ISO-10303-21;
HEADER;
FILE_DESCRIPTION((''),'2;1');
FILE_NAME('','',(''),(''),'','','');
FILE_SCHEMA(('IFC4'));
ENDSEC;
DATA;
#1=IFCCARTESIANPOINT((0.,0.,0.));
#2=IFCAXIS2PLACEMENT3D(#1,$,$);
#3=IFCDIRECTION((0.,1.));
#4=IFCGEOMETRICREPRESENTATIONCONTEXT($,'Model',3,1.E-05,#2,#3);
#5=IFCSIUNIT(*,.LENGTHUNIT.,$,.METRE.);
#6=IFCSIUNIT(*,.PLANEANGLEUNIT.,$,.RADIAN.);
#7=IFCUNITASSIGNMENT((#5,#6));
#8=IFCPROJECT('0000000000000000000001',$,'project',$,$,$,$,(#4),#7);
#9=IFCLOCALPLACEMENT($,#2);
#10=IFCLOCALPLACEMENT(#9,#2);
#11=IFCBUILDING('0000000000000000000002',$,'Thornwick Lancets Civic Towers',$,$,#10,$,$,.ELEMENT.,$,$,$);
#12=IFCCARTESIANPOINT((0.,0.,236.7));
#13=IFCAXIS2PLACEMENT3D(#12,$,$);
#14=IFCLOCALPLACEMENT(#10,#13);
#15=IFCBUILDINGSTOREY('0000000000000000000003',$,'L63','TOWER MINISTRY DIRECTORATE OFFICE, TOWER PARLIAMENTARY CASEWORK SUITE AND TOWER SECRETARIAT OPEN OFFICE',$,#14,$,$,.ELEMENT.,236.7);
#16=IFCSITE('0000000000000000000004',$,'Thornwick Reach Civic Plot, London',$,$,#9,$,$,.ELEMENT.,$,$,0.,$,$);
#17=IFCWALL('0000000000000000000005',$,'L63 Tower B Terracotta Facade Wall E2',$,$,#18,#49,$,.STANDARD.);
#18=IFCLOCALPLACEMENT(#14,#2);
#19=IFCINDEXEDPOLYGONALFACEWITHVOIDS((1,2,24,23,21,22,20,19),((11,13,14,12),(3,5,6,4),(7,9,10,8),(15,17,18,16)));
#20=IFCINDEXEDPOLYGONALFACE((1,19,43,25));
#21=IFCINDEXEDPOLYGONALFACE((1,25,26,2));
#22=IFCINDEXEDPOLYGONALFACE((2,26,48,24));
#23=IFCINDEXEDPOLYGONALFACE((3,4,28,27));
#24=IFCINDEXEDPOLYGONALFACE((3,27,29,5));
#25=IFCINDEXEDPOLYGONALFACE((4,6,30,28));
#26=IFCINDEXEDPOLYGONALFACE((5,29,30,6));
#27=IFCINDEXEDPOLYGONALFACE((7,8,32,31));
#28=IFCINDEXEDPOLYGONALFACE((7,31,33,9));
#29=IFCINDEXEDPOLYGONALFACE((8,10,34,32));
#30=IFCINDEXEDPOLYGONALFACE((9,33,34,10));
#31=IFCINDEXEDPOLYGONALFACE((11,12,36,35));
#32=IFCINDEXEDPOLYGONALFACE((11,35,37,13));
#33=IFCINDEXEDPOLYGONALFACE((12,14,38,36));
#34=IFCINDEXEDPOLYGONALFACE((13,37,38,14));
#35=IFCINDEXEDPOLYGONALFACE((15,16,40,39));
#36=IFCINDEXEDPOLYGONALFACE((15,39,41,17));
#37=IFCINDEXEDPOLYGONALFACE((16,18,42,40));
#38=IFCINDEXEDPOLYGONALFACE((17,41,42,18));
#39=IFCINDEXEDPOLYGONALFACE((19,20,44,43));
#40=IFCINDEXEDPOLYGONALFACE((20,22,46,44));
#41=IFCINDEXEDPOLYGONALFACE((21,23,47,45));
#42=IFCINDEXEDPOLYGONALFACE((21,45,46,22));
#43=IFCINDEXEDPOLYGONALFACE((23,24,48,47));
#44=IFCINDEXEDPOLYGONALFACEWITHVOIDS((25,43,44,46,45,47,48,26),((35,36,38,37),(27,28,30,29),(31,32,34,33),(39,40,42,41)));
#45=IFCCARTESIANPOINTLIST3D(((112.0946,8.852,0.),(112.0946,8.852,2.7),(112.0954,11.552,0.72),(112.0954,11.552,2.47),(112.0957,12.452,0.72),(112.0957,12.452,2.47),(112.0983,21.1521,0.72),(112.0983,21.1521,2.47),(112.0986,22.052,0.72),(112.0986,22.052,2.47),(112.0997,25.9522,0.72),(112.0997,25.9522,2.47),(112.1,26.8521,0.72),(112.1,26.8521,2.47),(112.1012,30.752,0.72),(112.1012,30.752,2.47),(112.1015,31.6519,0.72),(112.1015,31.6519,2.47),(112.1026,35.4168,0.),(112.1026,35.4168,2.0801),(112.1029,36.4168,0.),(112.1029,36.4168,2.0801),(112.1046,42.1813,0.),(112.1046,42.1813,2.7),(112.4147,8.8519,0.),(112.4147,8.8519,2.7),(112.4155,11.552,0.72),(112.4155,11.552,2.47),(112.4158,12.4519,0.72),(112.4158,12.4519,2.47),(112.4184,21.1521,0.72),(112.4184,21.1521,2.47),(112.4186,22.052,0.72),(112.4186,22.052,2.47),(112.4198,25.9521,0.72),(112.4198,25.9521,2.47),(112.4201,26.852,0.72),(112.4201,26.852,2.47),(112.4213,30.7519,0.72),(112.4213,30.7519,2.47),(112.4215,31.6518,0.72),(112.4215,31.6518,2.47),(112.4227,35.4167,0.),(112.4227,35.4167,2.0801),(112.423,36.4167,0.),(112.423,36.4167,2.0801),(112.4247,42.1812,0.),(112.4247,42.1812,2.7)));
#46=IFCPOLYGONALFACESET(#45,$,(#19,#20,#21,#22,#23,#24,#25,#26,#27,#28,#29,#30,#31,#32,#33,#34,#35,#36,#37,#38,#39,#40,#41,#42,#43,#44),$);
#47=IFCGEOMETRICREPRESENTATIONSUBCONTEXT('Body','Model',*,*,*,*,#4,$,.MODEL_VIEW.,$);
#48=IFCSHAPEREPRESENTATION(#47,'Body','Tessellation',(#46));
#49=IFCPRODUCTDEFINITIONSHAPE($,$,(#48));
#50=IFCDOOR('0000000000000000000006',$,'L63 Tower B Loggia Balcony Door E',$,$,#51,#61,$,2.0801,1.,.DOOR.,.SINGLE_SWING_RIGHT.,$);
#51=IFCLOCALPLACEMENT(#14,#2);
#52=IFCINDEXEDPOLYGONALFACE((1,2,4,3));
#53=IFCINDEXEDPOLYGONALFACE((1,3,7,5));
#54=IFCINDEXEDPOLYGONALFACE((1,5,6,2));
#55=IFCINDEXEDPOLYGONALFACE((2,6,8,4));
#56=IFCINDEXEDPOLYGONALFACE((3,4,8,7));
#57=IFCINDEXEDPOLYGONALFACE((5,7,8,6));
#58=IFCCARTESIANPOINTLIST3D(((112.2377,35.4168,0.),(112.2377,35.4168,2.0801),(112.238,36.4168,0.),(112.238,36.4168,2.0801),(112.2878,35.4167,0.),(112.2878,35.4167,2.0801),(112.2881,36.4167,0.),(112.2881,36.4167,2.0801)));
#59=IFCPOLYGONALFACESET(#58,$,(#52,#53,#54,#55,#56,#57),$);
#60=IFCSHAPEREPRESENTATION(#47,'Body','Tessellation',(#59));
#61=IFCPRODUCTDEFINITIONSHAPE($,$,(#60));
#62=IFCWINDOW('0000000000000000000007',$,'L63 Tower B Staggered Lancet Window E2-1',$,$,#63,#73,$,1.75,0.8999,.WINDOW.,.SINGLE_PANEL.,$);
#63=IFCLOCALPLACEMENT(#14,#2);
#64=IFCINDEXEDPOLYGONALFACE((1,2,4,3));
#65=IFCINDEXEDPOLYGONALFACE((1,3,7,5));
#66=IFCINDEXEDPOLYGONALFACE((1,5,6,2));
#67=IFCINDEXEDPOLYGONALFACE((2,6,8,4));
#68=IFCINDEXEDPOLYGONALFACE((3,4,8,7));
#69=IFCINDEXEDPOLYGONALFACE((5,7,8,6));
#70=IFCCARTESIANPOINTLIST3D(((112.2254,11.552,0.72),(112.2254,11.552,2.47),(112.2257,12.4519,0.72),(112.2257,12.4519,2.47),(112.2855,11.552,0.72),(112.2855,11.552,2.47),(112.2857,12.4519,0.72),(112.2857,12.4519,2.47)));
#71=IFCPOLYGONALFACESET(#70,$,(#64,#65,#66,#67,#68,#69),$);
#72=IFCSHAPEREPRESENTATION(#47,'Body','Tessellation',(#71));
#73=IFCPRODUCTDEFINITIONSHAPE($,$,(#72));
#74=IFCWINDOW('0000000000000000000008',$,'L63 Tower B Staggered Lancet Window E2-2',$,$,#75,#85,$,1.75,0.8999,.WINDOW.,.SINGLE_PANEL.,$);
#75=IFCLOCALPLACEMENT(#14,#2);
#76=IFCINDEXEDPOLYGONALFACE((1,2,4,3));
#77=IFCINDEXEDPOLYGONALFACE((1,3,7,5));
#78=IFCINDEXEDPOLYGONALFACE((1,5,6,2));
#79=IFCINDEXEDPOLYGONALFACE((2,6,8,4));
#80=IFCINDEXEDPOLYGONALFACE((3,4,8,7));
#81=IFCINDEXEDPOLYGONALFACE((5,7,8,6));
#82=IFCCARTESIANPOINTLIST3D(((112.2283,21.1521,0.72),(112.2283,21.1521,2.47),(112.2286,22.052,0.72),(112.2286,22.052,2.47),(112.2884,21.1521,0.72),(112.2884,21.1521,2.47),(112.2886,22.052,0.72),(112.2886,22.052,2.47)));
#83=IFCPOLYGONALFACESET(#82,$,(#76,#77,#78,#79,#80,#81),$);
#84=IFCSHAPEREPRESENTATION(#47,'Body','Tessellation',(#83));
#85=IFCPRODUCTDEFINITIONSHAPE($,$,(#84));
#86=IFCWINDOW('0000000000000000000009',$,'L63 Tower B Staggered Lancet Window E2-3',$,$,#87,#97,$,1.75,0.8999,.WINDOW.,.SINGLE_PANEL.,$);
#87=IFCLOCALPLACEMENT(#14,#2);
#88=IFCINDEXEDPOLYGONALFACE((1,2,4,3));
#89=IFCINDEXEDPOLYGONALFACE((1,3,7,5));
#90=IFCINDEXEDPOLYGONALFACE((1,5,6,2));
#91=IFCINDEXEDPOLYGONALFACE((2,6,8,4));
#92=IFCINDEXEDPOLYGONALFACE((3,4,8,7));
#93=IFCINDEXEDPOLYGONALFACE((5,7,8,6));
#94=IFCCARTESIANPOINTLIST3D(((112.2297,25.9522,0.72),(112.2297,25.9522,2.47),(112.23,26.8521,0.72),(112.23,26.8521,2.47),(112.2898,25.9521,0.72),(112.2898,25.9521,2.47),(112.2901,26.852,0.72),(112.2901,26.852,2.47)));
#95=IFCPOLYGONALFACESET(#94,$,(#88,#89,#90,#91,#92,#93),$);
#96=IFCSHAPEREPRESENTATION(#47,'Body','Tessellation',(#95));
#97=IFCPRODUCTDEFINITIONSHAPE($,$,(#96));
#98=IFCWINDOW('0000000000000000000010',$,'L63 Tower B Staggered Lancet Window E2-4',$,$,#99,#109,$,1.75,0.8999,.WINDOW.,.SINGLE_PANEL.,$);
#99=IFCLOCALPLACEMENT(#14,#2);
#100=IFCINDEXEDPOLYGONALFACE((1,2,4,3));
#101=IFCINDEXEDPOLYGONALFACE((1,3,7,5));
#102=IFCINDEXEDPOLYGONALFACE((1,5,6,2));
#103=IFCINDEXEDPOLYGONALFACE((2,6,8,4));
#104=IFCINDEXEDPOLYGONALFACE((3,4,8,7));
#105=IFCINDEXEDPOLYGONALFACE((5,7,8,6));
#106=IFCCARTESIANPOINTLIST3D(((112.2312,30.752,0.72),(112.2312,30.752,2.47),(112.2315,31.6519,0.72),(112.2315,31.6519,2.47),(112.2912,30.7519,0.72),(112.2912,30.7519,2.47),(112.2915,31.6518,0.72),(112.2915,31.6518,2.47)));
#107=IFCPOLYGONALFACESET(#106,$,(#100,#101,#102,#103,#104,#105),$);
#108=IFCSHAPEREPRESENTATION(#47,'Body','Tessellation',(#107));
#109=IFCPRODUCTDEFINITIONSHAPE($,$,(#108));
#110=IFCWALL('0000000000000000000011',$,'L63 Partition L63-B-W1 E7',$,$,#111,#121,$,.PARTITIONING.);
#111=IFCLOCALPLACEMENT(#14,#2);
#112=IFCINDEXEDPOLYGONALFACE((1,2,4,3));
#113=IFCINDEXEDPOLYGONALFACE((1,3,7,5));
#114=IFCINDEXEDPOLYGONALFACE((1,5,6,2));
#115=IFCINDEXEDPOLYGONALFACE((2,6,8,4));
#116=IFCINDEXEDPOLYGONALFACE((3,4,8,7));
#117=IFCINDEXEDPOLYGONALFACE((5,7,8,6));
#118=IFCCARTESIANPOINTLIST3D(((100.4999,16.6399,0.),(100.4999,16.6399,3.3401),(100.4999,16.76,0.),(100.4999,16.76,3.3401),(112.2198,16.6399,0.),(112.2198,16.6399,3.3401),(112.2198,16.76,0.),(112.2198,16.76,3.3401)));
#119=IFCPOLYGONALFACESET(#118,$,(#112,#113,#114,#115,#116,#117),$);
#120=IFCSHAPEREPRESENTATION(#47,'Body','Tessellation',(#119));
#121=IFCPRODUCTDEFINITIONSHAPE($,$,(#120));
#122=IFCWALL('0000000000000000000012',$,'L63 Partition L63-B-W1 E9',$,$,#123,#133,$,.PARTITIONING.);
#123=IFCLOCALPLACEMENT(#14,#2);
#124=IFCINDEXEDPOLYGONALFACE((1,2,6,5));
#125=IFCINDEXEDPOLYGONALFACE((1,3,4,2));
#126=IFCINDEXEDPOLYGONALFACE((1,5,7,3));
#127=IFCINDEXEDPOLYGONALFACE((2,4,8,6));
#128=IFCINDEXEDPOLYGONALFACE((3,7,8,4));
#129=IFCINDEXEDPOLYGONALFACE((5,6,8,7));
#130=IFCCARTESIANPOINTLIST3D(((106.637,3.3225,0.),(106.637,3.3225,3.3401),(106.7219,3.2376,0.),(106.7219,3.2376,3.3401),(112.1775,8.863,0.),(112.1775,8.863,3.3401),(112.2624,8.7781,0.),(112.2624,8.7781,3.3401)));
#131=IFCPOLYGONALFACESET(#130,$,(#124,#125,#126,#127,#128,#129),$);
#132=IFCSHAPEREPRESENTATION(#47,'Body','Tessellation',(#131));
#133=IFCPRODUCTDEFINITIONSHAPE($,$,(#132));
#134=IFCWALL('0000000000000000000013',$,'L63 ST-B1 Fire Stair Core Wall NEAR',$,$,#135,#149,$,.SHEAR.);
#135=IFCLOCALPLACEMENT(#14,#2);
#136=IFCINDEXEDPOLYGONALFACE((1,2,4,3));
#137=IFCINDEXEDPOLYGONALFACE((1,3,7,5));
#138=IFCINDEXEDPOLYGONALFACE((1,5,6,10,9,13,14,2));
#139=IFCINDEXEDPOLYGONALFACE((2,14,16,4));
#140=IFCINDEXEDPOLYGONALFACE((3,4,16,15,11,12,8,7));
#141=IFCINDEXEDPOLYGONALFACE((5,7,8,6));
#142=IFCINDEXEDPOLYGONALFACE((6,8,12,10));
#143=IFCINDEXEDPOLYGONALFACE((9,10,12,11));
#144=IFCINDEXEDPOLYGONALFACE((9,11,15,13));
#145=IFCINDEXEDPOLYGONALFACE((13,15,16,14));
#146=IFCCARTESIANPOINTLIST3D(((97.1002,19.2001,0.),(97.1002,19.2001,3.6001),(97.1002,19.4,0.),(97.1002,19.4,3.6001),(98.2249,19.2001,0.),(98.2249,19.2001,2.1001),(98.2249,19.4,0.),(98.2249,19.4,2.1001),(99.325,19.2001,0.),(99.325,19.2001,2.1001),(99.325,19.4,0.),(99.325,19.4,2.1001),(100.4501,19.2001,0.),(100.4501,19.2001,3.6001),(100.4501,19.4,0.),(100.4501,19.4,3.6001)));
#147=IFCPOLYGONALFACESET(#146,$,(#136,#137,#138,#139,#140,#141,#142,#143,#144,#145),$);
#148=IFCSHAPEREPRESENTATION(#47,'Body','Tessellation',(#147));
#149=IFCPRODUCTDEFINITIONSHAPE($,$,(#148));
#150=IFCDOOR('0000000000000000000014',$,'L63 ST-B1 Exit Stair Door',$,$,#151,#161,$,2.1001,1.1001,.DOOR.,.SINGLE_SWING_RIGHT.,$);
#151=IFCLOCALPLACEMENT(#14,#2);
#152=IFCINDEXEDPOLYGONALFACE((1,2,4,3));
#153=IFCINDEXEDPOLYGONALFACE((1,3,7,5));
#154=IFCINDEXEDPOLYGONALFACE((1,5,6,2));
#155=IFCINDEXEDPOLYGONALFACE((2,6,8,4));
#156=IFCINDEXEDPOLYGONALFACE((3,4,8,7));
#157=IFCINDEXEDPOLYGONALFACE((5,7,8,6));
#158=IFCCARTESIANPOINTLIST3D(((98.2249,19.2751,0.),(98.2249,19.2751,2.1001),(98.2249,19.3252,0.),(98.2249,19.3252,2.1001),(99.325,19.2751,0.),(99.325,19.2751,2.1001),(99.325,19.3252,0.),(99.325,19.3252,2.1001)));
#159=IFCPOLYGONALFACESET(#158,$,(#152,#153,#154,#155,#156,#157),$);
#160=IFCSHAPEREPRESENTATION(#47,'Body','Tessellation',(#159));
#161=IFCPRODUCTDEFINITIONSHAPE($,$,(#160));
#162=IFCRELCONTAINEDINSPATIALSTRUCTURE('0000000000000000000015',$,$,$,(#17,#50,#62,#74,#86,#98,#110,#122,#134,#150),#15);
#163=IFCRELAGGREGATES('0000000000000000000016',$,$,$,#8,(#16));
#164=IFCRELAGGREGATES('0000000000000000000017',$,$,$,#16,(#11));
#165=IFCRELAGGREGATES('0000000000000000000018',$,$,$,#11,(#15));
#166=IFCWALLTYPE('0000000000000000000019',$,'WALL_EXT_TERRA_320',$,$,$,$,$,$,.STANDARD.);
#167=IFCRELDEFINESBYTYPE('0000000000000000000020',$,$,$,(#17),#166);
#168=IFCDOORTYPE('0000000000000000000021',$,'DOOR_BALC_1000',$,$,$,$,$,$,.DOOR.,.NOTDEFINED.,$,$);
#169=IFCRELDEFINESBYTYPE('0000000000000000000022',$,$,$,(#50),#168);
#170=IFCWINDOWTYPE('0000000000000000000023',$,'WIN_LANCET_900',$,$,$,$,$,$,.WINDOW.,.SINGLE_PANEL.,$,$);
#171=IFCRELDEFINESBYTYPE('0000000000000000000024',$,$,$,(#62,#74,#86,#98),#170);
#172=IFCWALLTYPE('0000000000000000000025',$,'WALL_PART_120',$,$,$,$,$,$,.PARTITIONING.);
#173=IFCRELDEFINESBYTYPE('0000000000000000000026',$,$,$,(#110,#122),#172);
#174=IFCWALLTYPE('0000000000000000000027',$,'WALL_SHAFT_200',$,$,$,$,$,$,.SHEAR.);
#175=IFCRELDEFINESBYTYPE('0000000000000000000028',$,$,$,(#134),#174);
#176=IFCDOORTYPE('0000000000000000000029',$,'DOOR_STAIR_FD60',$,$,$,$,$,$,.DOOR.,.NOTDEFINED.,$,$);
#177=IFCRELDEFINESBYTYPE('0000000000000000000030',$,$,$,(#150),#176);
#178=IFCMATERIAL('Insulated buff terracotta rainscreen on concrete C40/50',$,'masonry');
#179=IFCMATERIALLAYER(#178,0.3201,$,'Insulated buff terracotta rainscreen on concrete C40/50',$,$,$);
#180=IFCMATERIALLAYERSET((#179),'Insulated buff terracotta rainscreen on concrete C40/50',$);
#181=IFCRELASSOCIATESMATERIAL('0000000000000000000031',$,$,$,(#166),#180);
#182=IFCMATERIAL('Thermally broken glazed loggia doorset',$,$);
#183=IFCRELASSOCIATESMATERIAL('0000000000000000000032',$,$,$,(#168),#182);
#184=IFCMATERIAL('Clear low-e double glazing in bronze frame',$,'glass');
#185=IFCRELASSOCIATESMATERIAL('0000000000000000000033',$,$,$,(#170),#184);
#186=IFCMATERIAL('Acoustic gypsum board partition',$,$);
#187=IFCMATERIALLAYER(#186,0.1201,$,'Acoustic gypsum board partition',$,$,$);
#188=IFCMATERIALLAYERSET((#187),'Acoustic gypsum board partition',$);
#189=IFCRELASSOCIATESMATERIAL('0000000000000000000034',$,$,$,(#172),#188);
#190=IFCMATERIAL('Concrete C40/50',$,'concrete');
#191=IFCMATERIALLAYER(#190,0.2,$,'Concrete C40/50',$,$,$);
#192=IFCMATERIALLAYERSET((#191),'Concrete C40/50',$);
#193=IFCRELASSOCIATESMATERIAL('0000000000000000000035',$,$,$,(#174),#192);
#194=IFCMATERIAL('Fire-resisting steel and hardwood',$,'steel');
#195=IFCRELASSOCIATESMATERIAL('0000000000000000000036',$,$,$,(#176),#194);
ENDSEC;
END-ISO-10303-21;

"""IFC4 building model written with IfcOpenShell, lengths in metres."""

from ifc_helpers import new_model, si_unit, direction, frame, frame_2d, origin, place, context, subcontext, project, spatial, rectangle, extrude, material, layer, layer_set, type_object, element, fill, save


model = new_model("IFC4")

# Units and contexts
model_context = context("Model", 3, precision=1e-05, world=origin(), true_north=direction((0.0, 1.0)))
body_context = subcontext(model_context, "Body", "Model", "MODEL_VIEW")
ifc_project = project(units=[si_unit("LENGTHUNIT", "METRE"), si_unit("PLANEANGLEUNIT", "RADIAN")], contexts=[model_context])

# Site, building, storey
site_placement = place(None, origin())
site = spatial("IfcSite", under=ifc_project, at=site_placement, Name="Thornwick Reach Civic Plot, London", CompositionType="ELEMENT", RefElevation=0.0)
building_placement = place(site_placement, origin())
building = spatial("IfcBuilding", under=site, at=building_placement, Name="Thornwick Lancets Civic Towers", CompositionType="ELEMENT")
storey_placement = place(building_placement, frame((0.0, 0.0, 236.7)))
storey = spatial("IfcBuildingStorey", under=building, at=storey_placement, Name="L63", Description="TOWER MINISTRY DIRECTORATE OFFICE, TOWER PARLIAMENTARY CASEWORK SUITE AND TOWER SECRETARIAT OPEN OFFICE", CompositionType="ELEMENT", Elevation=236.7)

# Shared definitions
ifc_material_1 = material(Name="Concrete C40/50", Category="concrete")

# Wall, openings, door, windows
ifc_material_2 = material(Name="Insulated buff terracotta rainscreen on concrete C40/50", Category="masonry")
ifc_layer_1 = layer(ifc_material_2, 0.3201, Name="Insulated buff terracotta rainscreen on concrete C40/50")
ifc_layer_set_1 = layer_set([ifc_layer_1], Name="Insulated buff terracotta rainscreen on concrete C40/50")
wall_type_1 = type_object("IfcWallType", Name="WALL_EXT_TERRA_320", PredefinedType="STANDARD", material=ifc_layer_set_1)
wall_1_placement = place(storey_placement, frame((112.2546, 8.8521, 0.0), z_axis=(0.0, 0.0, 1.0), x_axis=(0.0003, 1.0, 0.0)))
wall_1 = element("IfcWall", 1, at=wall_1_placement, inside=storey, type_object=wall_type_1, Name="L63 Tower B Terracotta Facade Wall E2", PredefinedType="STANDARD", context=body_context, shape_type="SweptSolid", body=[
    extrude(rectangle(XDim=33.3293, YDim=0.3201, at=frame_2d((16.6646, 0.0))), origin(), (0.0, 0.0, 1.0), 2.7),
])
opening_1_placement = place(wall_1_placement, frame((26.5647, 0.0, 0.0)))
opening_1 = element("IfcOpeningElement", 2, at=opening_1_placement, cuts=wall_1, PredefinedType="OPENING", context=body_context, shape_type="SweptSolid", body=[
    extrude(rectangle(XDim=1.0, YDim=2.0801, at=frame_2d((0.5, 1.04))), frame((0.0, 0.1699, 0.0), z_axis=(0.0, -1.0, 0.0), x_axis=(1.0, 0.0, 0.0)), (0.0, 0.0, 1.0), 0.3401),
])
opening_2_placement = place(wall_1_placement, frame((2.7, 0.0, 0.72)))
opening_2 = element("IfcOpeningElement", 3, at=opening_2_placement, cuts=wall_1, PredefinedType="OPENING", context=body_context, shape_type="SweptSolid", body=[
    extrude(rectangle(XDim=0.8999, YDim=1.75, at=frame_2d((0.45, 0.875))), frame((0.0, 0.1699, 0.0), z_axis=(0.0, -1.0, 0.0), x_axis=(1.0, 0.0, 0.0)), (0.0, 0.0, 1.0), 0.3401),
])
opening_3_placement = place(wall_1_placement, frame((12.3, 0.0, 0.72)))
opening_3 = element("IfcOpeningElement", 4, at=opening_3_placement, cuts=wall_1, PredefinedType="OPENING", context=body_context, shape_type="SweptSolid", body=[
    extrude(rectangle(XDim=0.8999, YDim=1.75, at=frame_2d((0.45, 0.875))), frame((0.0, 0.1699, 0.0), z_axis=(0.0, -1.0, 0.0), x_axis=(1.0, 0.0, 0.0)), (0.0, 0.0, 1.0), 0.3401),
])
opening_4_placement = place(wall_1_placement, frame((17.1001, 0.0, 0.72)))
opening_4 = element("IfcOpeningElement", 5, at=opening_4_placement, cuts=wall_1, PredefinedType="OPENING", context=body_context, shape_type="SweptSolid", body=[
    extrude(rectangle(XDim=0.8999, YDim=1.75, at=frame_2d((0.45, 0.875))), frame((0.0, 0.1699, 0.0), z_axis=(0.0, -1.0, 0.0), x_axis=(1.0, 0.0, 0.0)), (0.0, 0.0, 1.0), 0.3401),
])
opening_5_placement = place(wall_1_placement, frame((21.8999, 0.0, 0.72)))
opening_5 = element("IfcOpeningElement", 6, at=opening_5_placement, cuts=wall_1, PredefinedType="OPENING", context=body_context, shape_type="SweptSolid", body=[
    extrude(rectangle(XDim=0.8999, YDim=1.75, at=frame_2d((0.45, 0.875))), frame((0.0, 0.1699, 0.0), z_axis=(0.0, -1.0, 0.0), x_axis=(1.0, 0.0, 0.0)), (0.0, 0.0, 1.0), 0.3401),
])
ifc_material_3 = material(Name="Thermally broken glazed loggia doorset")
door_type_1 = type_object("IfcDoorType", Name="DOOR_BALC_1000", OperationType="NOTDEFINED", PredefinedType="DOOR", material=ifc_material_3)
door_1_placement = place(opening_1_placement, origin())
door_1 = element("IfcDoor", 7, at=door_1_placement, inside=storey, type_object=door_type_1, Name="L63 Tower B Loggia Balcony Door E", OperationType="SINGLE_SWING_RIGHT", OverallHeight=2.0801, OverallWidth=1.0, PredefinedType="DOOR", context=body_context, shape_type="SweptSolid", body=[
    extrude(rectangle(XDim=1.0, YDim=2.0801, at=frame_2d((0.5, 1.04))), frame((0.0, 0.0249, 0.0), z_axis=(0.0, -1.0, 0.0), x_axis=(1.0, 0.0, 0.0)), (0.0, 0.0, 1.0), 0.05),
])
fill(opening_1, door_1)
ifc_material_4 = material(Name="Clear low-e double glazing in bronze frame", Category="glass")
window_type = type_object("IfcWindowType", Name="WIN_LANCET_900", PartitioningType="SINGLE_PANEL", PredefinedType="WINDOW", material=ifc_material_4)
window_1_placement = place(opening_2_placement, origin())
window_1 = element("IfcWindow", 8, at=window_1_placement, inside=storey, type_object=window_type, Name="L63 Tower B Staggered Lancet Window E2-1", OverallHeight=1.75, OverallWidth=0.8999, PartitioningType="SINGLE_PANEL", PredefinedType="WINDOW", context=body_context, shape_type="SweptSolid", body=[
    extrude(rectangle(XDim=0.8999, YDim=1.75, at=frame_2d((0.45, 0.875))), frame((0.0, 0.03, 0.0), z_axis=(0.0, -1.0, 0.0), x_axis=(1.0, 0.0, 0.0)), (0.0, 0.0, 1.0), 0.0601),
])
fill(opening_2, window_1)
window_2_placement = place(opening_3_placement, origin())
window_2 = element("IfcWindow", 9, at=window_2_placement, inside=storey, type_object=window_type, Name="L63 Tower B Staggered Lancet Window E2-2", OverallHeight=1.75, OverallWidth=0.8999, PartitioningType="SINGLE_PANEL", PredefinedType="WINDOW", context=body_context, shape_type="SweptSolid", body=[
    extrude(rectangle(XDim=0.8999, YDim=1.75, at=frame_2d((0.45, 0.875))), frame((0.0, 0.03, 0.0), z_axis=(0.0, -1.0, 0.0), x_axis=(1.0, 0.0, 0.0)), (0.0, 0.0, 1.0), 0.0601),
])
fill(opening_3, window_2)
window_3_placement = place(opening_4_placement, origin())
window_3 = element("IfcWindow", 10, at=window_3_placement, inside=storey, type_object=window_type, Name="L63 Tower B Staggered Lancet Window E2-3", OverallHeight=1.75, OverallWidth=0.8999, PartitioningType="SINGLE_PANEL", PredefinedType="WINDOW", context=body_context, shape_type="SweptSolid", body=[
    extrude(rectangle(XDim=0.8999, YDim=1.75, at=frame_2d((0.45, 0.875))), frame((0.0, 0.03, 0.0), z_axis=(0.0, -1.0, 0.0), x_axis=(1.0, 0.0, 0.0)), (0.0, 0.0, 1.0), 0.0601),
])
fill(opening_4, window_3)
window_4_placement = place(opening_5_placement, origin())
window_4 = element("IfcWindow", 11, at=window_4_placement, inside=storey, type_object=window_type, Name="L63 Tower B Staggered Lancet Window E2-4", OverallHeight=1.75, OverallWidth=0.8999, PartitioningType="SINGLE_PANEL", PredefinedType="WINDOW", context=body_context, shape_type="SweptSolid", body=[
    extrude(rectangle(XDim=0.8999, YDim=1.75, at=frame_2d((0.45, 0.875))), frame((0.0, 0.03, 0.0), z_axis=(0.0, -1.0, 0.0), x_axis=(1.0, 0.0, 0.0)), (0.0, 0.0, 1.0), 0.0601),
])
fill(opening_5, window_4)

# Walls
ifc_material_5 = material(Name="Acoustic gypsum board partition")
ifc_layer_2 = layer(ifc_material_5, 0.1201, Name="Acoustic gypsum board partition")
ifc_layer_set_2 = layer_set([ifc_layer_2], Name="Acoustic gypsum board partition")
wall_type_2 = type_object("IfcWallType", Name="WALL_PART_120", PredefinedType="PARTITIONING", material=ifc_layer_set_2)
wall_2_placement = place(storey_placement, frame((100.5, 16.7, 0.0), z_axis=(0.0, 0.0, 1.0), x_axis=(1.0, 0.0, 0.0)))
element("IfcWall", 12, at=wall_2_placement, inside=storey, type_object=wall_type_2, Name="L63 Partition L63-B-W1 E7", PredefinedType="PARTITIONING", context=body_context, shape_type="SweptSolid", body=[
    extrude(rectangle(XDim=11.72, YDim=0.1201, at=frame_2d((5.8599, 0.0))), origin(), (0.0, 0.0, 1.0), 3.3401),
])
wall_3_placement = place(storey_placement, frame((112.22, 8.8206, 0.0), z_axis=(0.0, 0.0, 1.0), x_axis=(-0.707107, -0.707107, 0.0)))
element("IfcWall", 13, at=wall_3_placement, inside=storey, type_object=wall_type_2, Name="L63 Partition L63-B-W1 E9", PredefinedType="PARTITIONING", context=body_context, shape_type="SweptSolid", body=[
    extrude(rectangle(XDim=7.8354, YDim=0.1201, at=frame_2d((3.9177, 0.0))), origin(), (0.0, 0.0, 1.0), 3.3401),
])

# Wall, opening, door
ifc_layer_3 = layer(ifc_material_1, 0.2, Name="Concrete C40/50")
ifc_layer_set_3 = layer_set([ifc_layer_3], Name="Concrete C40/50")
wall_type_3 = type_object("IfcWallType", Name="WALL_SHAFT_200", PredefinedType="SHEAR", material=ifc_layer_set_3)
wall_4_placement = place(storey_placement, frame((100.45, 19.3, 0.0), z_axis=(0.0, 0.0, 1.0), x_axis=(-1.0, 0.0, 0.0)))
wall_4 = element("IfcWall", 14, at=wall_4_placement, inside=storey, type_object=wall_type_3, Name="L63 ST-B1 Fire Stair Core Wall NEAR", PredefinedType="SHEAR", context=body_context, shape_type="SweptSolid", body=[
    extrude(rectangle(XDim=3.3499, YDim=0.2, at=frame_2d((1.6748, 0.0))), origin(), (0.0, 0.0, 1.0), 3.6001),
])
opening_6_placement = place(wall_4_placement, frame((1.125, 0.0, 0.0)))
opening_6 = element("IfcOpeningElement", 15, at=opening_6_placement, cuts=wall_4, PredefinedType="OPENING", context=body_context, shape_type="SweptSolid", body=[
    extrude(rectangle(XDim=1.1001, YDim=2.1001, at=frame_2d((0.55, 1.05))), frame((0.0, 0.1099, 0.0), z_axis=(0.0, -1.0, 0.0), x_axis=(1.0, 0.0, 0.0)), (0.0, 0.0, 1.0), 0.22),
])
ifc_material_6 = material(Name="Fire-resisting steel and hardwood", Category="steel")
door_type_2 = type_object("IfcDoorType", Name="DOOR_STAIR_FD60", OperationType="NOTDEFINED", PredefinedType="DOOR", material=ifc_material_6)
door_2_placement = place(opening_6_placement, origin())
door_2 = element("IfcDoor", 16, at=door_2_placement, inside=storey, type_object=door_type_2, Name="L63 ST-B1 Exit Stair Door", OperationType="SINGLE_SWING_RIGHT", OverallHeight=2.1001, OverallWidth=1.1001, PredefinedType="DOOR", context=body_context, shape_type="SweptSolid", body=[
    extrude(rectangle(XDim=1.1001, YDim=2.1001, at=frame_2d((0.55, 1.05))), frame((0.0, 0.0249, 0.0), z_axis=(0.0, -1.0, 0.0), x_axis=(1.0, 0.0, 0.0)), (0.0, 0.0, 1.0), 0.05),
])
fill(opening_6, door_2)

save(model, "model.ifc")
